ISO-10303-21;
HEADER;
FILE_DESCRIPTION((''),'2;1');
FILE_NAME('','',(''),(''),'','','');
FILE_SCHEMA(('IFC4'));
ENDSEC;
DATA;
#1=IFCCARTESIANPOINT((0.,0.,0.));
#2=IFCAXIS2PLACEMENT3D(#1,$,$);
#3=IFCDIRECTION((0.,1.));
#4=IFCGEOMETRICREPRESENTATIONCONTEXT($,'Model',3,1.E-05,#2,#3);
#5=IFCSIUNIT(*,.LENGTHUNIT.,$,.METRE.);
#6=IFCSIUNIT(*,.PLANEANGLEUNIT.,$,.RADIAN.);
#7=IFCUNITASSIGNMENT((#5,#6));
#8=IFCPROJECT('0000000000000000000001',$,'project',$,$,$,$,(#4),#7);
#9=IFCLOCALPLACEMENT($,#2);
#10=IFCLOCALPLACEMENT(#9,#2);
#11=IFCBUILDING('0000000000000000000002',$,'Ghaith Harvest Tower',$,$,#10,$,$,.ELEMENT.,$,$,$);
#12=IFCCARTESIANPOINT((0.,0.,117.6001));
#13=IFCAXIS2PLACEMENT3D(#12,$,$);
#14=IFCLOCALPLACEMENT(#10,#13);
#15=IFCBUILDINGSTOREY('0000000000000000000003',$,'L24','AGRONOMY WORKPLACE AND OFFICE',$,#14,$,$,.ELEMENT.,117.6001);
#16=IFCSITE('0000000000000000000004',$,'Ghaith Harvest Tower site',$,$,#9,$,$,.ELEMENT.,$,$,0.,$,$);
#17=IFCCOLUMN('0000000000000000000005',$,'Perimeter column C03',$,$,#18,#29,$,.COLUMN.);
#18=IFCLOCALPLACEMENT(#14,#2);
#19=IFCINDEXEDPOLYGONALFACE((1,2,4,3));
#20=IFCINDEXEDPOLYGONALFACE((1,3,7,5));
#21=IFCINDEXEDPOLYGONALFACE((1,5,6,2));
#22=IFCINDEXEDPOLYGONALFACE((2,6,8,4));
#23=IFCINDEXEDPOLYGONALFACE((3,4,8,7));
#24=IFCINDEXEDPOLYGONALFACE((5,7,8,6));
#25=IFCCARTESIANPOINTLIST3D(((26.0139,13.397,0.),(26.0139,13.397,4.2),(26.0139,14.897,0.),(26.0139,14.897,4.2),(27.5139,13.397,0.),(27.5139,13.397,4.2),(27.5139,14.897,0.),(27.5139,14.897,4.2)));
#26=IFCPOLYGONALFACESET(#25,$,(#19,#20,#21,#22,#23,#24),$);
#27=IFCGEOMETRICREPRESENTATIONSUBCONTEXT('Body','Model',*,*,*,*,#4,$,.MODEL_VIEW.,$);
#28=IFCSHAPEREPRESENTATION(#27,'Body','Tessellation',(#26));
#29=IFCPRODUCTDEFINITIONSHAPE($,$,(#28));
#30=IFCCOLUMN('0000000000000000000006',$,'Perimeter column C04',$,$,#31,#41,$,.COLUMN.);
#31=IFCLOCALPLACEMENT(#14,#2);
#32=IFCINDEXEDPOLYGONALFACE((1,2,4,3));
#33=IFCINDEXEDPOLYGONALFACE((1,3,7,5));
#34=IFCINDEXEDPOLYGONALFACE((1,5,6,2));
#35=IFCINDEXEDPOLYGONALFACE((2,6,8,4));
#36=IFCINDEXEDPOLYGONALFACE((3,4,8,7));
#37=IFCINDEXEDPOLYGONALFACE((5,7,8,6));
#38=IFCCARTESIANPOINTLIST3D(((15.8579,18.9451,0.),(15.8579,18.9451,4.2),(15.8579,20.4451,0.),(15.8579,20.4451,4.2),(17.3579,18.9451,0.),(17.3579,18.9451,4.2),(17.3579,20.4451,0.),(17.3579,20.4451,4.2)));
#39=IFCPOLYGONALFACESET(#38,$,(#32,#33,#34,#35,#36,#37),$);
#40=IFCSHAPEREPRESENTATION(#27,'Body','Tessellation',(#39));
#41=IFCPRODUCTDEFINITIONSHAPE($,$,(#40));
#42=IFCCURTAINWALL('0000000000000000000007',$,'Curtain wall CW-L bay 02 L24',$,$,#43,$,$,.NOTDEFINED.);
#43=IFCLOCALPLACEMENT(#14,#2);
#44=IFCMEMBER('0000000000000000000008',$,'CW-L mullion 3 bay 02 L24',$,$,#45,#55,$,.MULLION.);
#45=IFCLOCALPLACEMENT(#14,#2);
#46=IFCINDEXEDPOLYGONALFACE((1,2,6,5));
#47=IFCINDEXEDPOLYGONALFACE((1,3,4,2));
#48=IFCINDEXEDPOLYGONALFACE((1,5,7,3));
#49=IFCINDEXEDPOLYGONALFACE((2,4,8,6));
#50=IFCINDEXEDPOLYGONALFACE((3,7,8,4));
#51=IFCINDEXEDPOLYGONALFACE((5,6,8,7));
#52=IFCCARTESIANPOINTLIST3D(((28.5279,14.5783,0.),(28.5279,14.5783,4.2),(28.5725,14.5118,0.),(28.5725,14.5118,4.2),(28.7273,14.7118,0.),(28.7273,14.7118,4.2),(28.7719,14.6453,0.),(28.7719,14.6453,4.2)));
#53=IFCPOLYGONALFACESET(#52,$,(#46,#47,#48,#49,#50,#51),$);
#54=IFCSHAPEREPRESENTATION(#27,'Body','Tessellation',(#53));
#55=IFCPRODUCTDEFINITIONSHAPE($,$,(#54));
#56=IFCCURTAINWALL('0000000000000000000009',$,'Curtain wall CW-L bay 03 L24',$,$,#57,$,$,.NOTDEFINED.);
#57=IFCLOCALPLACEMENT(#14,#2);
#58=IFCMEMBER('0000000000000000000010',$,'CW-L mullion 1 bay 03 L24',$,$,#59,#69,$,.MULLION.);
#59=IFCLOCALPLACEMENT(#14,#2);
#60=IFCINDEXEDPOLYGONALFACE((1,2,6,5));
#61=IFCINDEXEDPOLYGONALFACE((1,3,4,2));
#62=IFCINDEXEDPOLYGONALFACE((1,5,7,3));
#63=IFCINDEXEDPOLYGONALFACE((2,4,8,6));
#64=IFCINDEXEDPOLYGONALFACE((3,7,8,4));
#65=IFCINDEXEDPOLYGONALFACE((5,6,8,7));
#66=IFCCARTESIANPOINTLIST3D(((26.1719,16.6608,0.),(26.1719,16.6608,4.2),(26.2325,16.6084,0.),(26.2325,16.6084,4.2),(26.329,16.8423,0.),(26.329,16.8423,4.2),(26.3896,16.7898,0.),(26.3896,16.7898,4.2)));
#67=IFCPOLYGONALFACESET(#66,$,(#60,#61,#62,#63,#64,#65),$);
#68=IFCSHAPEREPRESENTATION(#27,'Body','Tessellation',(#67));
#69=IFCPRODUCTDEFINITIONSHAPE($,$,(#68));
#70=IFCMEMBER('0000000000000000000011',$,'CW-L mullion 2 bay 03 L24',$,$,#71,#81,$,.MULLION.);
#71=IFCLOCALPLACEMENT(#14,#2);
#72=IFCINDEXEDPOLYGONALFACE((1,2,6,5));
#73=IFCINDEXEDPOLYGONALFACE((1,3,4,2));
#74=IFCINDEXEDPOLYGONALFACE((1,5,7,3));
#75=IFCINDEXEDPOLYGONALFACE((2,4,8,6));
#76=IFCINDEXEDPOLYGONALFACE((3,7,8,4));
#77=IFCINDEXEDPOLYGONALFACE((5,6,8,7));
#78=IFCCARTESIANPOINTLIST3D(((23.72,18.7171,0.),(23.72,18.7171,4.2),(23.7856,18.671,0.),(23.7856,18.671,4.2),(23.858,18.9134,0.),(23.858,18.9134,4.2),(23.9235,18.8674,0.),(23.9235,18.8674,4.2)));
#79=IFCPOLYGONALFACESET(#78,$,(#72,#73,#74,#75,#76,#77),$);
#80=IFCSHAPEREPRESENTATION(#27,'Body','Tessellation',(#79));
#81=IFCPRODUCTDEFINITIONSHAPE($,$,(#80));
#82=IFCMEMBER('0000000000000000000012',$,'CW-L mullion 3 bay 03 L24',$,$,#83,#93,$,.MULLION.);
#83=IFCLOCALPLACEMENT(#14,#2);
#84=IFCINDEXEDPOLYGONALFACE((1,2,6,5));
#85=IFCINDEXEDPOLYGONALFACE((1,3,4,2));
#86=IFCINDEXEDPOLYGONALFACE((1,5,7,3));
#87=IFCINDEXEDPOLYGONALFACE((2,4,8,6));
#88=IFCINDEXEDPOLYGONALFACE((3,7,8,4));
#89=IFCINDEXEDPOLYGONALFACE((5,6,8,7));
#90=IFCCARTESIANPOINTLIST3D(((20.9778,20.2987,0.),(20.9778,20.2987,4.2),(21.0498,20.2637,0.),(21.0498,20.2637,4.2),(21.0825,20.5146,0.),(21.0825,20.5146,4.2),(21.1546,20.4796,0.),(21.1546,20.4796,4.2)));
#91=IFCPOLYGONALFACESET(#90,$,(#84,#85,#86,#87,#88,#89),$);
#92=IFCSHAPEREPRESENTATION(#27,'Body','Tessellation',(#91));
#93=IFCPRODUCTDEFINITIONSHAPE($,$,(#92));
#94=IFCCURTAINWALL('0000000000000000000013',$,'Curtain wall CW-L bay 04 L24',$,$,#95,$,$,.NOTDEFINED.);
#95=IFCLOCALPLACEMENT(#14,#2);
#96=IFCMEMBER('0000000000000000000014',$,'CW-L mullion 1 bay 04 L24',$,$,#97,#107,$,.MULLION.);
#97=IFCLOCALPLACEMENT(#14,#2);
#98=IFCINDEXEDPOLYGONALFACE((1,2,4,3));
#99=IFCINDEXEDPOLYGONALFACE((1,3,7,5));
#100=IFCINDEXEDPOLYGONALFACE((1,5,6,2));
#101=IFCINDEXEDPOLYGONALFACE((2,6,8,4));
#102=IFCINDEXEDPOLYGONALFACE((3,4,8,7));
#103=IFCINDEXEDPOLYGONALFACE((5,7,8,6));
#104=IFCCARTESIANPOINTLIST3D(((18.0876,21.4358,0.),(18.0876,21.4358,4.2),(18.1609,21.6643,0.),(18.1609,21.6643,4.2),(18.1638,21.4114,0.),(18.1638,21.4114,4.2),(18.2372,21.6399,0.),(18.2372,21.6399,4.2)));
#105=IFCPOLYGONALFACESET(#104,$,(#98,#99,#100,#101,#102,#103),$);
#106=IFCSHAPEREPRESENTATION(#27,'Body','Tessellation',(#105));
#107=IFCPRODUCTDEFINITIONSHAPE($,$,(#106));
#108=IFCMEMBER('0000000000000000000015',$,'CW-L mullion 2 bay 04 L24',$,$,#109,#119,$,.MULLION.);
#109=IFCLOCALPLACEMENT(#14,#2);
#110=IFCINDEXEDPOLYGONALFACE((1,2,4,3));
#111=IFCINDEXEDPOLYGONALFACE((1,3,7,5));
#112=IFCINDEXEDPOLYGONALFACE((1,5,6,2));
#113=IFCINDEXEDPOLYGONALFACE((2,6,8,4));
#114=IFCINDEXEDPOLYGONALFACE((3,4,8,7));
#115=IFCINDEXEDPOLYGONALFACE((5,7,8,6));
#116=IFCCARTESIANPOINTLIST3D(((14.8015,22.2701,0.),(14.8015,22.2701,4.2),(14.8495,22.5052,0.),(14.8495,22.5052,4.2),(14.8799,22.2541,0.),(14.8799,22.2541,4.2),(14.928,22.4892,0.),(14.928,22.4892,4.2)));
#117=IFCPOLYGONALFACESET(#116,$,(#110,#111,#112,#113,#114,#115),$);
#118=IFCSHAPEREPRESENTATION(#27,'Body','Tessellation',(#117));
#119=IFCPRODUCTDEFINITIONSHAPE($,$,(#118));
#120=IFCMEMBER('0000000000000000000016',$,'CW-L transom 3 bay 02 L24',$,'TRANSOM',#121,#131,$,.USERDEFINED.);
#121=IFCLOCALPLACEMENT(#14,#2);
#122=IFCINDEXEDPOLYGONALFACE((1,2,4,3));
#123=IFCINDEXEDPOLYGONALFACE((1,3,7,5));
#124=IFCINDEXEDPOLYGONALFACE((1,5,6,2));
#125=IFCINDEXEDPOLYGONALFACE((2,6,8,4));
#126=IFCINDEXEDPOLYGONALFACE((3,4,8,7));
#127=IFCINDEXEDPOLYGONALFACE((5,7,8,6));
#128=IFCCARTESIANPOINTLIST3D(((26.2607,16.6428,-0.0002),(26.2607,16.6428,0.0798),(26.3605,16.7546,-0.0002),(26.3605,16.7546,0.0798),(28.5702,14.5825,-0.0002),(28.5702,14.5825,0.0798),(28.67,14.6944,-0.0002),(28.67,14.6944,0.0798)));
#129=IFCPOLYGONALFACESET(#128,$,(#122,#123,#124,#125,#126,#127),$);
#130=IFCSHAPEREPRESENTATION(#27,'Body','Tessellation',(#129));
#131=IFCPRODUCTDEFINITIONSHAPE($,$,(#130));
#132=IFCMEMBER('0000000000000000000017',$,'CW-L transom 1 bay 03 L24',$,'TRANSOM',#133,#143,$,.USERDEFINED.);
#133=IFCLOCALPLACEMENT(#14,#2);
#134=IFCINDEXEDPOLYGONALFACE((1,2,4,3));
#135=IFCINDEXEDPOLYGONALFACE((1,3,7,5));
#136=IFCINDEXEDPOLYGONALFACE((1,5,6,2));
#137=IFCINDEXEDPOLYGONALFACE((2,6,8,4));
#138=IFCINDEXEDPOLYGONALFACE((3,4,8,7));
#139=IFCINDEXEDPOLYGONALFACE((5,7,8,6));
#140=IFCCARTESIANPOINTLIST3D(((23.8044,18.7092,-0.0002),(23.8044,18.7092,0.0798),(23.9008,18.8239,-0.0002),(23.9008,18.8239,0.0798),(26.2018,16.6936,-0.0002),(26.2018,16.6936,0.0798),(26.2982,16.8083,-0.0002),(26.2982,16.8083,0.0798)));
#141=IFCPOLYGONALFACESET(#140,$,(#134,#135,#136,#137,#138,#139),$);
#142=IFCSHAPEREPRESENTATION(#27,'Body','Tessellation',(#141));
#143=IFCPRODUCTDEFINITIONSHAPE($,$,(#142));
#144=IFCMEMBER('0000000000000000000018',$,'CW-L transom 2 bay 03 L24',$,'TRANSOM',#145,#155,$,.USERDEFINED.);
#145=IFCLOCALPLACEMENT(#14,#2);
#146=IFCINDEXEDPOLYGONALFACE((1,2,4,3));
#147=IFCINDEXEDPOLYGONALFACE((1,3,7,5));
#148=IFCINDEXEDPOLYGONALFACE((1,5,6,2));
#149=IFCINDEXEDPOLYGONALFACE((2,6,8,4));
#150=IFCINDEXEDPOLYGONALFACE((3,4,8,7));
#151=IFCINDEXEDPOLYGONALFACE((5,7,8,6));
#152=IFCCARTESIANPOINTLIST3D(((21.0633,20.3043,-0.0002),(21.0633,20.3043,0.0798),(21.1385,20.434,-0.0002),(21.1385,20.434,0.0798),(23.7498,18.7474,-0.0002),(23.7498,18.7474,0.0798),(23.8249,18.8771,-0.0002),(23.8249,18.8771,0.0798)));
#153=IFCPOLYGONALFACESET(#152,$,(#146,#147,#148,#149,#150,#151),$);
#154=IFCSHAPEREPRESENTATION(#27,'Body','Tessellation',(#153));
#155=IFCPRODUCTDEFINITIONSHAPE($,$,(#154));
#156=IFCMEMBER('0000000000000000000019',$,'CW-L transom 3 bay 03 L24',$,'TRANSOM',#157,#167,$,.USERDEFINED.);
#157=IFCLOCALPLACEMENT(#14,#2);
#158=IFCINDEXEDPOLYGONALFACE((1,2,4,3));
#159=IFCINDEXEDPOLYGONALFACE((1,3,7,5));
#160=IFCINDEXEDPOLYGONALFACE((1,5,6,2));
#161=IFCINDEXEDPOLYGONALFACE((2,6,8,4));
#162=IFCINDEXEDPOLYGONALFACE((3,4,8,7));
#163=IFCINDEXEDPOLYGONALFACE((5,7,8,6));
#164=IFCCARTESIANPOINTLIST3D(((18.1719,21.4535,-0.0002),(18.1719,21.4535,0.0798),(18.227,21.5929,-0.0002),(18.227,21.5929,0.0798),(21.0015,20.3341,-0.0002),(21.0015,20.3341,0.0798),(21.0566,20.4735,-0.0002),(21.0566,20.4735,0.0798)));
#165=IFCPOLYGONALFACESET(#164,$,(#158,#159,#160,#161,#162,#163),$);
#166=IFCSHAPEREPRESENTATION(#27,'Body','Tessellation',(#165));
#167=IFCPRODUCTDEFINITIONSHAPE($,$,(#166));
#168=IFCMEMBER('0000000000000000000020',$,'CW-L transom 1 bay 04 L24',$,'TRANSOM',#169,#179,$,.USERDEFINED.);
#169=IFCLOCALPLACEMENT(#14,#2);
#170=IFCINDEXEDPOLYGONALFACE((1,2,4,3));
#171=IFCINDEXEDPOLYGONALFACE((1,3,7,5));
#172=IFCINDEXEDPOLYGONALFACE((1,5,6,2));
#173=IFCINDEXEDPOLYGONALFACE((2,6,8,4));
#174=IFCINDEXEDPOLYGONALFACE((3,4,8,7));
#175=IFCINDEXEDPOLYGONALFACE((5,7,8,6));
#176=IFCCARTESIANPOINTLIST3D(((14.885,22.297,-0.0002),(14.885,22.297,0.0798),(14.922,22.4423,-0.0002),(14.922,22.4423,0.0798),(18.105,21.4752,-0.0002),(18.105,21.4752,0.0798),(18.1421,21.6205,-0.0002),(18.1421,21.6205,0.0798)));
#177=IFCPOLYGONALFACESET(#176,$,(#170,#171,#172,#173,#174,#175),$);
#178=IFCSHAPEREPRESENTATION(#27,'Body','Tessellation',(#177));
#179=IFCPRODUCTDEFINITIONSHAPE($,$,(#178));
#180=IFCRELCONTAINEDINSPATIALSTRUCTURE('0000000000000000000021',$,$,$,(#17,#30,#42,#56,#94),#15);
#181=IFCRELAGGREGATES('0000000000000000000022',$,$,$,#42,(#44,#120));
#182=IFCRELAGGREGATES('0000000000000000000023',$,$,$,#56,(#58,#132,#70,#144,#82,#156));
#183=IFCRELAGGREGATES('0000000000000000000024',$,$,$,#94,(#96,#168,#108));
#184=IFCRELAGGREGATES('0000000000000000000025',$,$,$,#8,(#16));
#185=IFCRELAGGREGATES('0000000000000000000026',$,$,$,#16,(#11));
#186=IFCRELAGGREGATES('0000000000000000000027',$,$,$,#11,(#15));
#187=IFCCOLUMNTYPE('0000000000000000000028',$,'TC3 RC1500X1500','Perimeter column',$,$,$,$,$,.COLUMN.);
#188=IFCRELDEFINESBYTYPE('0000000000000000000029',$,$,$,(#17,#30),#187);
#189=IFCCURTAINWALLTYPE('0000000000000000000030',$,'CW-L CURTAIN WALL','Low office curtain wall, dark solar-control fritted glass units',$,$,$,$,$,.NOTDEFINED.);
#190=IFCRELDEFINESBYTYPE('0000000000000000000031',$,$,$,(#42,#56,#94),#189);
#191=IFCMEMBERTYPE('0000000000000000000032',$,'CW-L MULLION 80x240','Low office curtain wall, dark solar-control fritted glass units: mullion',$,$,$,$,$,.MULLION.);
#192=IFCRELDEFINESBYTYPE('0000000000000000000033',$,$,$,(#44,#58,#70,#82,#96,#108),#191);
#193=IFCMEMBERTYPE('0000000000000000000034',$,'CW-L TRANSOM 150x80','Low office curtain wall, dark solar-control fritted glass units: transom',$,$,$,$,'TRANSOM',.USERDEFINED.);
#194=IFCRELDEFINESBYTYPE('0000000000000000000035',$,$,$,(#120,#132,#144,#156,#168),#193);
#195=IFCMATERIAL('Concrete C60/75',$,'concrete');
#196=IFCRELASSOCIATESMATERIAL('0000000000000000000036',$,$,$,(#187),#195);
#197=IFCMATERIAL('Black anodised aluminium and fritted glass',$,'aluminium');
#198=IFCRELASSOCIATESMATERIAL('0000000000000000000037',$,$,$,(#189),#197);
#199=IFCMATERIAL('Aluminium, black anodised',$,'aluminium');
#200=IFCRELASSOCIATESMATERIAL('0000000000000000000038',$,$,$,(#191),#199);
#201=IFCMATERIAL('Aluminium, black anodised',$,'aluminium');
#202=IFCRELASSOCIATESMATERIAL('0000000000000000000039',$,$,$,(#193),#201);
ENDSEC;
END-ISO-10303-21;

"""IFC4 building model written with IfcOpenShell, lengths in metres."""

from ifc_helpers import new_model, si_unit, direction, frame, origin, origin_2d, place, context, subcontext, project, spatial, rectangle, extrude, material, material_profile, profile_set, type_object, element, aggregate, save


model = new_model("IFC4")

# Units and contexts
model_context = context("Model", 3, precision=1e-05, world=origin(), true_north=direction((0.0, 1.0)))
body_context = subcontext(model_context, "Body", "Model", "MODEL_VIEW")
ifc_project = project(units=[si_unit("LENGTHUNIT", "METRE"), si_unit("PLANEANGLEUNIT", "RADIAN")], contexts=[model_context])

# Site, building, storey
site_placement = place(None, origin())
site = spatial("IfcSite", under=ifc_project, at=site_placement, Name="Ghaith Harvest Tower site", CompositionType="ELEMENT", RefElevation=0.0)
building_placement = place(site_placement, origin())
building = spatial("IfcBuilding", under=site, at=building_placement, Name="Ghaith Harvest Tower", CompositionType="ELEMENT")
storey_placement = place(building_placement, frame((0.0, 0.0, 117.6001)))
storey = spatial("IfcBuildingStorey", under=building, at=storey_placement, Name="L24", Description="AGRONOMY WORKPLACE AND OFFICE", CompositionType="ELEMENT", Elevation=117.6001)

# Columns
ifc_material_1 = material(Name="Concrete C60/75", Category="concrete")
ifc_material_profile_1 = material_profile(ifc_material_1, rectangle(XDim=1.5, YDim=1.5, at=origin_2d()), Name="RC1500X1500")
ifc_profile_set_1 = profile_set([ifc_material_profile_1], Name="Concrete C60/75")
column_type = type_object("IfcColumnType", Name="TC3 RC1500X1500", Description="Perimeter column", PredefinedType="COLUMN", material=ifc_profile_set_1)
for number, where, z_axis, x_axis, name in (
    (1, (26.7639, 14.147, 0.0), (0.0, 0.0, 1.0), (1.0, 0.0, 0.0), "Perimeter column C03"),
    (2, (16.6079, 19.6951, 0.0), (0.0, 0.0, 1.0), (1.0, 0.0, 0.0), "Perimeter column C04"),
):
    element("IfcColumn", number, at=place(storey_placement, frame(where, z_axis=z_axis, x_axis=x_axis)), inside=storey, type_object=column_type, Name=name, PredefinedType="COLUMN", context=body_context, shape_type="SweptSolid", body=[
        extrude(rectangle(XDim=1.5, YDim=1.5, at=origin_2d()), origin(), (0.0, 0.0, 1.0), 4.2),
    ])

# Curtain wall, member
ifc_material_2 = material(Name="Black anodised aluminium and fritted glass", Category="aluminium")
curtain_wall_type = type_object("IfcCurtainWallType", Name="CW-L CURTAIN WALL", Description="Low office curtain wall, dark solar-control fritted glass units", PredefinedType="NOTDEFINED", material=ifc_material_2)
curtain_wall_1_placement = place(storey_placement, origin())
curtain_wall_1 = element("IfcCurtainWall", 3, at=curtain_wall_1_placement, inside=storey, type_object=curtain_wall_type, Name="Curtain wall CW-L bay 02 L24", PredefinedType="NOTDEFINED")
ifc_material_3 = material(Name="Aluminium, black anodised", Category="aluminium")
ifc_material_profile_2 = material_profile(ifc_material_3, rectangle(XDim=0.0801, YDim=0.24, at=origin_2d()), Name="CW-L MULLION 80x240")
ifc_profile_set_2 = profile_set([ifc_material_profile_2], Name="Aluminium, black anodised")
member_type_1 = type_object("IfcMemberType", Name="CW-L MULLION 80x240", Description="Low office curtain wall, dark solar-control fritted glass units: mullion", PredefinedType="MULLION", material=ifc_profile_set_2)
member_1_placement = place(storey_placement, frame((28.6499, 14.6118, 0.0), z_axis=(0.0, 0.0, 1.0), x_axis=(-0.556324, 0.830965, 0.0)))
member_1 = element("IfcMember", 4, at=member_1_placement, type_object=member_type_1, Name="CW-L mullion 3 bay 02 L24", PredefinedType="MULLION", context=body_context, shape_type="SweptSolid", body=[
    extrude(rectangle(XDim=0.0801, YDim=0.24, at=origin_2d()), origin(), (0.0, 0.0, 1.0), 4.2),
])

# Curtain walls, members
curtain_wall_2_placement = place(storey_placement, origin())
curtain_wall_2 = element("IfcCurtainWall", 5, at=curtain_wall_2_placement, inside=storey, type_object=curtain_wall_type, Name="Curtain wall CW-L bay 03 L24", PredefinedType="NOTDEFINED")
member_2_placement = place(storey_placement, frame((26.2808, 16.7253, 0.0), z_axis=(0.0, 0.0, 1.0), x_axis=(-0.755999, 0.654572, 0.0)))
member_2 = element("IfcMember", 6, at=member_2_placement, type_object=member_type_1, Name="CW-L mullion 1 bay 03 L24", PredefinedType="MULLION", context=body_context, shape_type="SweptSolid", body=[
    extrude(rectangle(XDim=0.0801, YDim=0.24, at=origin_2d()), origin(), (0.0, 0.0, 1.0), 4.2),
])
member_3_placement = place(storey_placement, frame((23.8218, 18.7922, 0.0), z_axis=(0.0, 0.0, 1.0), x_axis=(-0.818229, 0.574893, 0.0)))
member_3 = element("IfcMember", 7, at=member_3_placement, type_object=member_type_1, Name="CW-L mullion 2 bay 03 L24", PredefinedType="MULLION", context=body_context, shape_type="SweptSolid", body=[
    extrude(rectangle(XDim=0.0801, YDim=0.24, at=origin_2d()), origin(), (0.0, 0.0, 1.0), 4.2),
])
member_4_placement = place(storey_placement, frame((21.0662, 20.3892, 0.0), z_axis=(0.0, 0.0, 1.0), x_axis=(-0.899713, 0.436481, 0.0)))
member_4 = element("IfcMember", 8, at=member_4_placement, type_object=member_type_1, Name="CW-L mullion 3 bay 03 L24", PredefinedType="MULLION", context=body_context, shape_type="SweptSolid", body=[
    extrude(rectangle(XDim=0.0801, YDim=0.24, at=origin_2d()), origin(), (0.0, 0.0, 1.0), 4.2),
])
curtain_wall_3_placement = place(storey_placement, origin())
curtain_wall_3 = element("IfcCurtainWall", 9, at=curtain_wall_3_placement, inside=storey, type_object=curtain_wall_type, Name="Curtain wall CW-L bay 04 L24", PredefinedType="NOTDEFINED")
member_5_placement = place(storey_placement, frame((18.1624, 21.5378, 0.0), z_axis=(0.0, 0.0, 1.0), x_axis=(-0.952152, 0.305624, 0.0)))
member_5 = element("IfcMember", 10, at=member_5_placement, type_object=member_type_1, Name="CW-L mullion 1 bay 04 L24", PredefinedType="MULLION", context=body_context, shape_type="SweptSolid", body=[
    extrude(rectangle(XDim=0.0801, YDim=0.24, at=origin_2d()), origin(), (0.0, 0.0, 1.0), 4.2),
])
member_6_placement = place(storey_placement, frame((14.8647, 22.3796, 0.0), z_axis=(0.0, 0.0, 1.0), x_axis=(-0.979752, 0.200215, 0.0)))
member_6 = element("IfcMember", 11, at=member_6_placement, type_object=member_type_1, Name="CW-L mullion 2 bay 04 L24", PredefinedType="MULLION", context=body_context, shape_type="SweptSolid", body=[
    extrude(rectangle(XDim=0.0801, YDim=0.24, at=origin_2d()), origin(), (0.0, 0.0, 1.0), 4.2),
])

# Members
ifc_material_4 = material(Name="Aluminium, black anodised", Category="aluminium")
ifc_material_profile_3 = material_profile(ifc_material_4, rectangle(XDim=0.1499, YDim=0.0801, at=origin_2d()), Name="CW-L TRANSOM 150x80")
ifc_profile_set_3 = profile_set([ifc_material_profile_3], Name="Aluminium, black anodised")
member_type_2 = type_object("IfcMemberType", Name="CW-L TRANSOM 150x80", Description="Low office curtain wall, dark solar-control fritted glass units: transom", ElementType="TRANSOM", PredefinedType="USERDEFINED", material=ifc_profile_set_3)
member_7_placement = place(storey_placement, frame((28.6201, 14.6384, 0.0398), z_axis=(-0.746229, 0.66569, 0.0), x_axis=(-0.66569, -0.746229, 0.0)))
member_7 = element("IfcMember", 12, at=member_7_placement, type_object=member_type_2, Name="CW-L transom 3 bay 02 L24", ObjectType="TRANSOM", PredefinedType="USERDEFINED", context=body_context, shape_type="SweptSolid", body=[
    extrude(rectangle(XDim=0.1499, YDim=0.0801, at=origin_2d()), origin(), (0.0, 0.0, 1.0), 3.095),
])
member_8_placement = place(storey_placement, frame((26.25, 16.751, 0.0398), z_axis=(-0.765428, 0.643521, 0.0), x_axis=(-0.643521, -0.765428, 0.0)))
member_8 = element("IfcMember", 13, at=member_8_placement, type_object=member_type_2, Name="CW-L transom 1 bay 03 L24", ObjectType="TRANSOM", PredefinedType="USERDEFINED", context=body_context, shape_type="SweptSolid", body=[
    extrude(rectangle(XDim=0.1499, YDim=0.0801, at=origin_2d()), origin(), (0.0, 0.0, 1.0), 3.1321),
])
member_9_placement = place(storey_placement, frame((23.7874, 18.8123, 0.0398), z_axis=(-0.865213, 0.501405, 0.0), x_axis=(-0.501405, -0.865213, 0.0)))
member_9 = element("IfcMember", 14, at=member_9_placement, type_object=member_type_2, Name="CW-L transom 2 bay 03 L24", ObjectType="TRANSOM", PredefinedType="USERDEFINED", context=body_context, shape_type="SweptSolid", body=[
    extrude(rectangle(XDim=0.1499, YDim=0.0801, at=origin_2d()), origin(), (0.0, 0.0, 1.0), 3.105),
])
member_10_placement = place(storey_placement, frame((21.0291, 20.4038, 0.0398), z_axis=(-0.929881, 0.367861, 0.0), x_axis=(-0.367861, -0.929881, 0.0)))
member_10 = element("IfcMember", 15, at=member_10_placement, type_object=member_type_2, Name="CW-L transom 3 bay 03 L24", ObjectType="TRANSOM", PredefinedType="USERDEFINED", context=body_context, shape_type="SweptSolid", body=[
    extrude(rectangle(XDim=0.1499, YDim=0.0801, at=origin_2d()), origin(), (0.0, 0.0, 1.0), 3.043),
])
member_11_placement = place(storey_placement, frame((18.1235, 21.5479, 0.0398), z_axis=(-0.968942, 0.247286, 0.0), x_axis=(-0.247286, -0.968942, 0.0)))
member_11 = element("IfcMember", 16, at=member_11_placement, type_object=member_type_2, Name="CW-L transom 1 bay 04 L24", ObjectType="TRANSOM", PredefinedType="USERDEFINED", context=body_context, shape_type="SweptSolid", body=[
    extrude(rectangle(XDim=0.1499, YDim=0.0801, at=origin_2d()), origin(), (0.0, 0.0, 1.0), 3.3232),
])

aggregate(curtain_wall_1, [member_1, member_7])
aggregate(curtain_wall_2, [member_2, member_8, member_3, member_9, member_4, member_10])
aggregate(curtain_wall_3, [member_5, member_11, member_6])

save(model, "model.ifc")
